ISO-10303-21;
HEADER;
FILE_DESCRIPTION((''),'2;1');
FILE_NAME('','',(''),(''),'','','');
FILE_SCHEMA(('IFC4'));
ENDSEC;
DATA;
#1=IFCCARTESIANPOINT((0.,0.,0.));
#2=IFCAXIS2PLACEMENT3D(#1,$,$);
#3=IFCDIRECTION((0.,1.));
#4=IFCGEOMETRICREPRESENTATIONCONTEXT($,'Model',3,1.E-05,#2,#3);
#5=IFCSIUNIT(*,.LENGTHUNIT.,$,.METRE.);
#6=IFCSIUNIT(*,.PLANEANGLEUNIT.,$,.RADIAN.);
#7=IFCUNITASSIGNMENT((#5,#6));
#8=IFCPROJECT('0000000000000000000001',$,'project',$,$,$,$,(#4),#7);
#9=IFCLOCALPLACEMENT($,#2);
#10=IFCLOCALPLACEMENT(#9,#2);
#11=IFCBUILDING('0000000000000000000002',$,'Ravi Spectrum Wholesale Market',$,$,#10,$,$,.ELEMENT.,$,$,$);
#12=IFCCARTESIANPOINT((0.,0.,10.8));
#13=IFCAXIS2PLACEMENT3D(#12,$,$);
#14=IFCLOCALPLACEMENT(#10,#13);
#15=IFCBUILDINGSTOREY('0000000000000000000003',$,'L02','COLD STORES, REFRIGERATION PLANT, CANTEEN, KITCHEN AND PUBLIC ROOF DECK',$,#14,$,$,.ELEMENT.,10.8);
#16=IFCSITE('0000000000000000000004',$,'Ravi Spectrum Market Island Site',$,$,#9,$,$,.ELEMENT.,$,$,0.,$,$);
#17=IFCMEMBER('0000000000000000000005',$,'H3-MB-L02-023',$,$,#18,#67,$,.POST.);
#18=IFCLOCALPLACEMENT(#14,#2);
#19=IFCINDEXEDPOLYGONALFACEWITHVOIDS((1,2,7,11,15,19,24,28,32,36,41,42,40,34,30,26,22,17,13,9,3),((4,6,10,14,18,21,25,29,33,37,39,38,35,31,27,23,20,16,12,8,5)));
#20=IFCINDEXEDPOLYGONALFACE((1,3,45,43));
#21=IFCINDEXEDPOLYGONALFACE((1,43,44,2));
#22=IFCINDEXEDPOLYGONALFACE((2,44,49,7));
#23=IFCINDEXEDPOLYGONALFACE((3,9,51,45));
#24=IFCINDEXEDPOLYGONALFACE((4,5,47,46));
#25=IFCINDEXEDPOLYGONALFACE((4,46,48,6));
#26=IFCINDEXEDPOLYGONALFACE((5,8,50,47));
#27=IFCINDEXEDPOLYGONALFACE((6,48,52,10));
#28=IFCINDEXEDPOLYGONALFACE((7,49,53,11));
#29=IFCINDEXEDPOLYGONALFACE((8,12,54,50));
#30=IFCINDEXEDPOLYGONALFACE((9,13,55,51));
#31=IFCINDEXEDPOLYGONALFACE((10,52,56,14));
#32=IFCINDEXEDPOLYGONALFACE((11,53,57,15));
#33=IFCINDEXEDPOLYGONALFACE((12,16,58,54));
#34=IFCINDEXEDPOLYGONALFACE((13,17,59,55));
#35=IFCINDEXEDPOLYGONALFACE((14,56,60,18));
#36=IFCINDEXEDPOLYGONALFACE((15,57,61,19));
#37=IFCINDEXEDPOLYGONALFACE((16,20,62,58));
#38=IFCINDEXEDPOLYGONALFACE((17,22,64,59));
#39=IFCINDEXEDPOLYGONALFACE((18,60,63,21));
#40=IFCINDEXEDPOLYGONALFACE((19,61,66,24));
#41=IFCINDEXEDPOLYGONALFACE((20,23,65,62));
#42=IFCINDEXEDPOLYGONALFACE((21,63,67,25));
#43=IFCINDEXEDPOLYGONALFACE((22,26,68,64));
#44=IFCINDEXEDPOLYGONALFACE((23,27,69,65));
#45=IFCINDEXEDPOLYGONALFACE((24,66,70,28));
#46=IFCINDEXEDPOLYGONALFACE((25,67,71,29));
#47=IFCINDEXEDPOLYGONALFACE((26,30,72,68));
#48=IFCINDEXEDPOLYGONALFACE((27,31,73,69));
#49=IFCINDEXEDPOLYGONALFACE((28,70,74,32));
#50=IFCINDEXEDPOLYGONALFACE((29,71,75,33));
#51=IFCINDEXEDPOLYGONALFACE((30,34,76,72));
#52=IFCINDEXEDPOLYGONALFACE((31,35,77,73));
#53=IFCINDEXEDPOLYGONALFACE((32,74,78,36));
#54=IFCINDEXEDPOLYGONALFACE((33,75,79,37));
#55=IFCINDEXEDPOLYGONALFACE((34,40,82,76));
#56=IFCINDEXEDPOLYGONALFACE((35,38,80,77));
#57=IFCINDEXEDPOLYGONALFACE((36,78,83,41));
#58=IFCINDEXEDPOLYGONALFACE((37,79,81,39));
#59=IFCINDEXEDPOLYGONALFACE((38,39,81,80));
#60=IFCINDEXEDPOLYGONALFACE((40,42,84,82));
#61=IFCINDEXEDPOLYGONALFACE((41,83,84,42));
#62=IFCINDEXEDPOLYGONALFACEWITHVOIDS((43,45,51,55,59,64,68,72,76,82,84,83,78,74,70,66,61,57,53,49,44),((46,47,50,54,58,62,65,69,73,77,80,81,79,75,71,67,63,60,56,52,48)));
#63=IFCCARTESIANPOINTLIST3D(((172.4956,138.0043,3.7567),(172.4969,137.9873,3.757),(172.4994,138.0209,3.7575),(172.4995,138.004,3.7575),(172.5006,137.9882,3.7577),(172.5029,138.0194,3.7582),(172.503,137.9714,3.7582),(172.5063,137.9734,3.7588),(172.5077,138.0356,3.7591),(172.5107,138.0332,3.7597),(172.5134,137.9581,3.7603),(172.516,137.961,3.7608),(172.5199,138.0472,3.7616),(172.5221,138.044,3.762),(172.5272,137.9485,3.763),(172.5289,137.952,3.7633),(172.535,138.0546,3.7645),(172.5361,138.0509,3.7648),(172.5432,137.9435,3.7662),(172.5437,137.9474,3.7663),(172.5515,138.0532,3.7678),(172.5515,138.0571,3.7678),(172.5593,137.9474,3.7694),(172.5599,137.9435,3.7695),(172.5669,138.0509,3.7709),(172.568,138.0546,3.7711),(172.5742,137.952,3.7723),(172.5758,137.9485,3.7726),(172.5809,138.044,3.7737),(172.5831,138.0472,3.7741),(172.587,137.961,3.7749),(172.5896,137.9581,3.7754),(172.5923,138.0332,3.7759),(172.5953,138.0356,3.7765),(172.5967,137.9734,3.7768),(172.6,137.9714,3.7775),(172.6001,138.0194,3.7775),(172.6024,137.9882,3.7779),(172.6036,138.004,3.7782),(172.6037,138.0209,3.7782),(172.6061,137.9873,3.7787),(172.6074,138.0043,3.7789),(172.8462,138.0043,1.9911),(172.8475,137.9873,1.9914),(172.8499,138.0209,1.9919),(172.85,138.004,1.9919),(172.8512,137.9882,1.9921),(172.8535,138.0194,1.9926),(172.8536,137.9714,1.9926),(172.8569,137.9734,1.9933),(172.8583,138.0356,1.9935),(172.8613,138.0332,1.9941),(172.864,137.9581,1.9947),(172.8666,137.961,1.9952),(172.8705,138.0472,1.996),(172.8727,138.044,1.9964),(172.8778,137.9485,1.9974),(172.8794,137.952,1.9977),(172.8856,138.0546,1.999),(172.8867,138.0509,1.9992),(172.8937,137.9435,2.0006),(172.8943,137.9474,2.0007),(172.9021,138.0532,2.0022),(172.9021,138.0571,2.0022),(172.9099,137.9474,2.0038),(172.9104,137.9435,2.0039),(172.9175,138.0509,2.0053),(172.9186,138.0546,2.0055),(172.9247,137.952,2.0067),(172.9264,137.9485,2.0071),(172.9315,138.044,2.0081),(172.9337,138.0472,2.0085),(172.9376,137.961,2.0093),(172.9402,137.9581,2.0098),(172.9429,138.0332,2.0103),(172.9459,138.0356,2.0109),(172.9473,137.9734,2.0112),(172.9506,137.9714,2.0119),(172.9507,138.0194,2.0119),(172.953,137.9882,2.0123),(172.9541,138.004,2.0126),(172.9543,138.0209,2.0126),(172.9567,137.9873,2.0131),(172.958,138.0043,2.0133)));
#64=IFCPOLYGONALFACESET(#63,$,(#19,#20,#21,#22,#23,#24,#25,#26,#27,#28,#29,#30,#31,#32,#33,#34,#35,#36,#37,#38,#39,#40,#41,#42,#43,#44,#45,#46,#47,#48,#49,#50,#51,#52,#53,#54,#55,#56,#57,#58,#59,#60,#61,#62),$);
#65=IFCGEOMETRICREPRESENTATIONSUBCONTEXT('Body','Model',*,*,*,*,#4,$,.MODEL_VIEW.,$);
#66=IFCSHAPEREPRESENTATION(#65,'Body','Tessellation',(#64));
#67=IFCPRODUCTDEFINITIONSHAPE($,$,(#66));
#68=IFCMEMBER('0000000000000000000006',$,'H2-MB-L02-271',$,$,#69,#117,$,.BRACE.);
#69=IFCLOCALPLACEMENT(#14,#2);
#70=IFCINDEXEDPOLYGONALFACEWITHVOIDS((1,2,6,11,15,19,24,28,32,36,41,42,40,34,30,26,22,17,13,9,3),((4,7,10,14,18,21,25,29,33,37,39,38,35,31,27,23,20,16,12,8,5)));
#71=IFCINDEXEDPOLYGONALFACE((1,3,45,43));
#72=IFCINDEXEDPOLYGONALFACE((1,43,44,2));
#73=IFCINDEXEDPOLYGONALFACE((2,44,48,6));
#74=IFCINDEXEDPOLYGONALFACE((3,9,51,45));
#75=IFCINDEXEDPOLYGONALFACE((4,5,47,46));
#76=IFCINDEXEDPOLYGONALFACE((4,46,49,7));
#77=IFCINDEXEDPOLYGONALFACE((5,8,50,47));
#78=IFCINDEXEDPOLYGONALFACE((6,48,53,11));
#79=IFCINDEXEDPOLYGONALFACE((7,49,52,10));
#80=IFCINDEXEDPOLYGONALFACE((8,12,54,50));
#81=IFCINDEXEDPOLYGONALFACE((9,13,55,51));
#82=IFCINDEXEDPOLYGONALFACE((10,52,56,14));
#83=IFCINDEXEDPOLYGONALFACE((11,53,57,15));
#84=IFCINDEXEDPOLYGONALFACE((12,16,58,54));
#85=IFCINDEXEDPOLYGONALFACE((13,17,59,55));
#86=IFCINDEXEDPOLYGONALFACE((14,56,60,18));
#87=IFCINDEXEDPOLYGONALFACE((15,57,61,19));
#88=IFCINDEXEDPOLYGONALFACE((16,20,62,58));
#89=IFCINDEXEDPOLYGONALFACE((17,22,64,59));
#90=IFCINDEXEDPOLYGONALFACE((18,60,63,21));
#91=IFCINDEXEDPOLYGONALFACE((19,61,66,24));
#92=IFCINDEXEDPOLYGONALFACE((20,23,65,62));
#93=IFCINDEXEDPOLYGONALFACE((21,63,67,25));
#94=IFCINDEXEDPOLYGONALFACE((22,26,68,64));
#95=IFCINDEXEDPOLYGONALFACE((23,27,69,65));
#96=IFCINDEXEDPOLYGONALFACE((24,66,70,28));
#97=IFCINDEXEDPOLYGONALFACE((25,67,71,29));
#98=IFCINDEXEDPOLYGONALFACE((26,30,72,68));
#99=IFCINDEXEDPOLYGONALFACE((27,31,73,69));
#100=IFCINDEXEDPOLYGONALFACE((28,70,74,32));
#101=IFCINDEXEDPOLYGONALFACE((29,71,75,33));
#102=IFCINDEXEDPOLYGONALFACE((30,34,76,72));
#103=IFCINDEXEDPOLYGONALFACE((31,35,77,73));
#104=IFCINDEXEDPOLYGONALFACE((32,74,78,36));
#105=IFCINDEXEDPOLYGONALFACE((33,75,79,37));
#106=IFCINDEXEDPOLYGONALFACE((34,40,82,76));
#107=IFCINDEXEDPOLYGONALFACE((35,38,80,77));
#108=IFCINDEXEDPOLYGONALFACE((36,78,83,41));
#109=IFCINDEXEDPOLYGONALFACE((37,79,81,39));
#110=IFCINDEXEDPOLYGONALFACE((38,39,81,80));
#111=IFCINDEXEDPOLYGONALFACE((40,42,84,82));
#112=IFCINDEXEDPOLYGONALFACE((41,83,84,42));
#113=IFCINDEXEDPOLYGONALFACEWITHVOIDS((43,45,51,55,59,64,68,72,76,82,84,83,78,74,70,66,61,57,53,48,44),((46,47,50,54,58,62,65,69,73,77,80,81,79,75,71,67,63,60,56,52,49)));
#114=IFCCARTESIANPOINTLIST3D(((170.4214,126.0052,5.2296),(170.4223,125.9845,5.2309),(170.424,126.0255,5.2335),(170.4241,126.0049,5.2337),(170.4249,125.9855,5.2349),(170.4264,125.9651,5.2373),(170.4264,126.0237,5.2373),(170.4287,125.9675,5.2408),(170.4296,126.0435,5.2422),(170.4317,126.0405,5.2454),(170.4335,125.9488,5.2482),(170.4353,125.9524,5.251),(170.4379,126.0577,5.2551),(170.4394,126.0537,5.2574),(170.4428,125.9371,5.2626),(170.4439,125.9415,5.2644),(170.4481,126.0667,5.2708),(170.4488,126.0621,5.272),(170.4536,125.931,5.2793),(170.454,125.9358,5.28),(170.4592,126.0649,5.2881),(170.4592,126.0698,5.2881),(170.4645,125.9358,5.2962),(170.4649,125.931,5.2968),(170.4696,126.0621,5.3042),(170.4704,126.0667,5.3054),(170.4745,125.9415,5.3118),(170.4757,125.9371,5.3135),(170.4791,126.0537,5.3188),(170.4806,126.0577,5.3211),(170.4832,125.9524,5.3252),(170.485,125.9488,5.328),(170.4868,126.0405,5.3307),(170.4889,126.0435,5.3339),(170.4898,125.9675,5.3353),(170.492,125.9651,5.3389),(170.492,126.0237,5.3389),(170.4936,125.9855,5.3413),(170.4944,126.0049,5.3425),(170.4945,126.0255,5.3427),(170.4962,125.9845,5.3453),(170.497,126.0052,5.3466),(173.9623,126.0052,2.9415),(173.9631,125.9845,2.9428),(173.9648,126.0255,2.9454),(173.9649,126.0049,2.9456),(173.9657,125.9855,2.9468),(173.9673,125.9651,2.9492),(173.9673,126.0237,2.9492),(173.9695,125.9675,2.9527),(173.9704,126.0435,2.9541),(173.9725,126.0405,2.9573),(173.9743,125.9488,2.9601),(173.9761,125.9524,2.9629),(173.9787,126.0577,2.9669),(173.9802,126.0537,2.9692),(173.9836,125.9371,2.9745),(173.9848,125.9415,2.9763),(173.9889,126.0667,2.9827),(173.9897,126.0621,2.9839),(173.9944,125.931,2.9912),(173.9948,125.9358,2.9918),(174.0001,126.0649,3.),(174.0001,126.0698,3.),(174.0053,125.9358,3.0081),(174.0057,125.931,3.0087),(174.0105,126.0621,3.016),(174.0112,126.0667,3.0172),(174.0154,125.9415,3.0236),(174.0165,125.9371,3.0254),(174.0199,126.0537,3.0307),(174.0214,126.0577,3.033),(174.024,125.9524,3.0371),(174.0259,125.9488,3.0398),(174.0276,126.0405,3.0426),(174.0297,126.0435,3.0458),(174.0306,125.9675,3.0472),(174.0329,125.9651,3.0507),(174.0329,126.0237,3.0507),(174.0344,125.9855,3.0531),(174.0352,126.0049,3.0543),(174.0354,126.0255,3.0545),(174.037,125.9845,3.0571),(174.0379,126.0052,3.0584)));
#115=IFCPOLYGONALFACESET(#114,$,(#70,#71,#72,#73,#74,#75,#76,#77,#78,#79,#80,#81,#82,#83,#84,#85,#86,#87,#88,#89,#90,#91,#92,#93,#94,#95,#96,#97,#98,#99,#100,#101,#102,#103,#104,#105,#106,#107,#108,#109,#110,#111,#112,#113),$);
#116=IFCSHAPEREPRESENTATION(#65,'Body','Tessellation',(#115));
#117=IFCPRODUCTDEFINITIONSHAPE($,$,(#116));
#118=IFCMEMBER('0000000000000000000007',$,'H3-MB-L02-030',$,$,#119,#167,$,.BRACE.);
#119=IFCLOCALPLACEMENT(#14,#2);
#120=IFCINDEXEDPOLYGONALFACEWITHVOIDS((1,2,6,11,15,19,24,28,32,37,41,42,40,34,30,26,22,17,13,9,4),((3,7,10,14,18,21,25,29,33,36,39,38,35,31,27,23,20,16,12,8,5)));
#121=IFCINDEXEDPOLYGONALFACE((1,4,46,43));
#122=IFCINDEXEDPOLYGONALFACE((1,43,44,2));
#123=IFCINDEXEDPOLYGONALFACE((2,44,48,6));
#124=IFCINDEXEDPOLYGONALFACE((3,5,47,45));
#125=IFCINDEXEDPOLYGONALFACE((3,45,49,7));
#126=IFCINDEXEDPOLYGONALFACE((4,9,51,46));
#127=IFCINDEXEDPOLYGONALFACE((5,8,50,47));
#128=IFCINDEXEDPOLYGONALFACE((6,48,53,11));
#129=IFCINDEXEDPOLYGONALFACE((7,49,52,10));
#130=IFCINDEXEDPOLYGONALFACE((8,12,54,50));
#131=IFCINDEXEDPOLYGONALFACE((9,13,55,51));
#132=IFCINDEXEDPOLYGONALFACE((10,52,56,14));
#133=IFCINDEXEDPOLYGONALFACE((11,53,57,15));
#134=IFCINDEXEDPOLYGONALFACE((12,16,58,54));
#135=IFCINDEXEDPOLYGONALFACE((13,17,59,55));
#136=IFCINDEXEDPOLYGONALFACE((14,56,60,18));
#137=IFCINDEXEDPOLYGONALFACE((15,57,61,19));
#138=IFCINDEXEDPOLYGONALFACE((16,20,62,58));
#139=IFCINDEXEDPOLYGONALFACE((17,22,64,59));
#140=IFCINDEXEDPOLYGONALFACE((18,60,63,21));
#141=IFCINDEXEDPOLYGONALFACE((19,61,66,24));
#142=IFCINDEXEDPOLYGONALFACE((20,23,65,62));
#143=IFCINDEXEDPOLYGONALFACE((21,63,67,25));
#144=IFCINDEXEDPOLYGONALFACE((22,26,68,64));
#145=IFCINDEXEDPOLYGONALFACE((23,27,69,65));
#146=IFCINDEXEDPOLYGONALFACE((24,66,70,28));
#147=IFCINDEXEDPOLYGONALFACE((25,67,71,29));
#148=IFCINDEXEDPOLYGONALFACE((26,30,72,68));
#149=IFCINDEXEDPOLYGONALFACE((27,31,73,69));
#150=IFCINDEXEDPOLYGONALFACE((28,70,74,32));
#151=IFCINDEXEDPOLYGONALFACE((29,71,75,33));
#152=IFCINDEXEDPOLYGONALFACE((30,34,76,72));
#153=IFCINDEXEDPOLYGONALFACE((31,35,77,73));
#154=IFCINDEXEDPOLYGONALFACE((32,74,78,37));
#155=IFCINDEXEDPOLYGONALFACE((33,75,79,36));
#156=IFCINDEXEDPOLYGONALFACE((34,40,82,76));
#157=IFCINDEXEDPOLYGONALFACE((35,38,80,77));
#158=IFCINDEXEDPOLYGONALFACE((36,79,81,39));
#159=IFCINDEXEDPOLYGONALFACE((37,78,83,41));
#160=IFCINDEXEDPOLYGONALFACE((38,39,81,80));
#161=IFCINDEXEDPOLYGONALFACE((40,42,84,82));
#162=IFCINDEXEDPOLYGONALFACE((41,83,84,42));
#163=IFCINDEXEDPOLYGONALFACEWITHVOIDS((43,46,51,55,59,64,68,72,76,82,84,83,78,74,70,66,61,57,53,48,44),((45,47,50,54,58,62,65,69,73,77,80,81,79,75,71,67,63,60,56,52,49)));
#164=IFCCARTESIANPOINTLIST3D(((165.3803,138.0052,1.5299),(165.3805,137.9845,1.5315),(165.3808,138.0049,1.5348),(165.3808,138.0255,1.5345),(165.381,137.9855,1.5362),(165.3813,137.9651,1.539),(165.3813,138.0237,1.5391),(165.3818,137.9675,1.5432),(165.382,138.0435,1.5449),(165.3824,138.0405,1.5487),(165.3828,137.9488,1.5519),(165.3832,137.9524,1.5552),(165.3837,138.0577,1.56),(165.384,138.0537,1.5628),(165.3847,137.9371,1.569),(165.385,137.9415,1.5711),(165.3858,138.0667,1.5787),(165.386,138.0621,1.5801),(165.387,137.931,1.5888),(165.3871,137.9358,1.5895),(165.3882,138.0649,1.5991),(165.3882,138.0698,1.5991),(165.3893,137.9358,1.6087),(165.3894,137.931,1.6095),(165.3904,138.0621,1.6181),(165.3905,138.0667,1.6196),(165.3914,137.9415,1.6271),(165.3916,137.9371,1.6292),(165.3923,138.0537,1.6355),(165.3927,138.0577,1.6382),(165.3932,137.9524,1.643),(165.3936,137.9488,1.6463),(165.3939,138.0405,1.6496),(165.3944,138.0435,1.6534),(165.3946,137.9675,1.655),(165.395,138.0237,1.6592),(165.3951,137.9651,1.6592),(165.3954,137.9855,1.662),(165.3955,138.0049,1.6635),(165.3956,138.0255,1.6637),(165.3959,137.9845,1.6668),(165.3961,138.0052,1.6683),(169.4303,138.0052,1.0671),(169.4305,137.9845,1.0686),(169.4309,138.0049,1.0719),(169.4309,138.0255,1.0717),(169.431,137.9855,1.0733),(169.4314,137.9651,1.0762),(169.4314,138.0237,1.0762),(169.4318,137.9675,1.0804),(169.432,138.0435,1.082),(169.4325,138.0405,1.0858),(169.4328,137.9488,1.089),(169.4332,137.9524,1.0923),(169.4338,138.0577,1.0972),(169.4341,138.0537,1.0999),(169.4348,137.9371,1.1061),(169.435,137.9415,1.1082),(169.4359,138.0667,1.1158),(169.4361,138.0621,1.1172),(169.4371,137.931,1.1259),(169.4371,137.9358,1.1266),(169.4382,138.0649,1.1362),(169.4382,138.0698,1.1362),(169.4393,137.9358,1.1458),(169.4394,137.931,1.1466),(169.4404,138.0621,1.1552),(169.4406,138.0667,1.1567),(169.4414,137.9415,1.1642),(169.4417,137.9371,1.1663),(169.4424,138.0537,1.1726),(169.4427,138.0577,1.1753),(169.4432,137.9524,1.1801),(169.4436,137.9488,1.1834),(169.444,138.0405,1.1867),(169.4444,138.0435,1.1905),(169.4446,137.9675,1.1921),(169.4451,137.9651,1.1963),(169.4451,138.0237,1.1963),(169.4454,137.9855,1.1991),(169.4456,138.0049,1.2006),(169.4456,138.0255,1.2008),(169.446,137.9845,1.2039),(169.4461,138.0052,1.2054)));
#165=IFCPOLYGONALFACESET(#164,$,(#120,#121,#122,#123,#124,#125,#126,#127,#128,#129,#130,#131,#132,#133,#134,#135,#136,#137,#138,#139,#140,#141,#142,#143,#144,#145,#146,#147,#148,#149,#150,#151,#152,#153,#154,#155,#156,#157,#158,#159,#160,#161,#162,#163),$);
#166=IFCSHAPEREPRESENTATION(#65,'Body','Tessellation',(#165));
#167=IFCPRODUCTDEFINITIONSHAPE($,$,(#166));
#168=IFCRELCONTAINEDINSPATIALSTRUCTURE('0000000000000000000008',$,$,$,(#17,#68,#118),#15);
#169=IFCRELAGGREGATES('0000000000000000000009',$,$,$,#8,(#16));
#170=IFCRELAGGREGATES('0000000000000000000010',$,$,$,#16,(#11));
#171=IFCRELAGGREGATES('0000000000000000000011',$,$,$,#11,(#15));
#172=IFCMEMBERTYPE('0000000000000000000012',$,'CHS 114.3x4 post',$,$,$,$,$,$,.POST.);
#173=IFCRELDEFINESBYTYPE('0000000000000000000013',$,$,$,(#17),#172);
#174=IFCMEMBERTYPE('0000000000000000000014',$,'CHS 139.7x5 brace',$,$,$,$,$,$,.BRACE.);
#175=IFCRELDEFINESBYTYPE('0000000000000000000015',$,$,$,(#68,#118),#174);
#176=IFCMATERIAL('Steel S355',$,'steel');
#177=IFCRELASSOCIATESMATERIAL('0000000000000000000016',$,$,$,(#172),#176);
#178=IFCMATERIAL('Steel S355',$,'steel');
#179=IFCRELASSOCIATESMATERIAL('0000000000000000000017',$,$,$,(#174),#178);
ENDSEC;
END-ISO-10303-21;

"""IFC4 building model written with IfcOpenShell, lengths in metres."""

from ifc_helpers import new_model, si_unit, direction, frame, origin, origin_2d, place, context, subcontext, project, spatial, hollow_circle, extrude, material, material_profile, profile_set, type_object, element, save


model = new_model("IFC4")

# Units and contexts
model_context = context("Model", 3, precision=1e-05, world=origin(), true_north=direction((0.0, 1.0)))
body_context = subcontext(model_context, "Body", "Model", "MODEL_VIEW")
ifc_project = project(units=[si_unit("LENGTHUNIT", "METRE"), si_unit("PLANEANGLEUNIT", "RADIAN")], contexts=[model_context])

# Site, building, storey
site_placement = place(None, origin())
site = spatial("IfcSite", under=ifc_project, at=site_placement, Name="Ravi Spectrum Market Island Site", CompositionType="ELEMENT", RefElevation=0.0)
building_placement = place(site_placement, origin())
building = spatial("IfcBuilding", under=site, at=building_placement, Name="Ravi Spectrum Wholesale Market", CompositionType="ELEMENT")
storey_placement = place(building_placement, frame((0.0, 0.0, 10.8)))
storey = spatial("IfcBuildingStorey", under=building, at=storey_placement, Name="L02", Description="COLD STORES, REFRIGERATION PLANT, CANTEEN, KITCHEN AND PUBLIC ROOF DECK", CompositionType="ELEMENT", Elevation=10.8)

# Members
ifc_material_1 = material(Name="Steel S355", Category="steel")
ifc_material_profile_1 = material_profile(ifc_material_1, hollow_circle(Radius=0.0571, WallThickness=0.0039, at=origin_2d()))
ifc_profile_set_1 = profile_set([ifc_material_profile_1], Name="Steel S355")
member_type_1 = type_object("IfcMemberType", Name="CHS 114.3x4 post", PredefinedType="POST", material=ifc_profile_set_1)
for number, where, z_axis, x_axis, name in (
    (1, (172.5515, 138.0, 3.7678), (0.19476, 0.0, -0.980851), (0.0, 1.0, 0.0), "H3-MB-L02-023"),
):
    element("IfcMember", number, at=place(storey_placement, frame(where, z_axis=z_axis, x_axis=x_axis)), inside=storey, type_object=member_type_1, Name=name, PredefinedType="POST", context=body_context, shape_type="SweptSolid", body=[
        extrude(hollow_circle(Radius=0.0571, WallThickness=0.0039, at=origin_2d()), origin(), (0.0, 0.0, 1.0), 1.8),
    ])
ifc_material_2 = material(Name="Steel S355", Category="steel")
ifc_material_profile_2 = material_profile(ifc_material_2, hollow_circle(Radius=0.0698, WallThickness=0.0049, at=origin_2d()))
ifc_profile_set_2 = profile_set([ifc_material_profile_2], Name="Steel S355")
member_type_2 = type_object("IfcMemberType", Name="CHS 139.7x5 brace", PredefinedType="BRACE", material=ifc_profile_set_2)
member_1_placement = place(storey_placement, frame((170.4592, 126.0, 5.2881), z_axis=(0.839895, 0.0, -0.542749), x_axis=(0.0, 1.0, 0.0)))
element("IfcMember", 2, at=member_1_placement, inside=storey, type_object=member_type_2, Name="H2-MB-L02-271", PredefinedType="BRACE", context=body_context, shape_type="SweptSolid", body=[
    extrude(hollow_circle(Radius=0.0698, WallThickness=0.0049, at=origin_2d()), origin(), (0.0, 0.0, 1.0), 4.2158),
])
for number, where, z_axis, x_axis, name in (
    (3, (165.3882, 138.0, 1.5991), (0.993532, 0.0, -0.113553), (0.0, 1.0, 0.0), "H3-MB-L02-030"),
):
    element("IfcMember", number, at=place(storey_placement, frame(where, z_axis=z_axis, x_axis=x_axis)), inside=storey, type_object=member_type_2, Name=name, PredefinedType="BRACE", context=body_context, shape_type="SweptSolid", body=[
        extrude(hollow_circle(Radius=0.0698, WallThickness=0.0049, at=origin_2d()), origin(), (0.0, 0.0, 1.0), 4.0764),
    ])

save(model, "model.ifc")
